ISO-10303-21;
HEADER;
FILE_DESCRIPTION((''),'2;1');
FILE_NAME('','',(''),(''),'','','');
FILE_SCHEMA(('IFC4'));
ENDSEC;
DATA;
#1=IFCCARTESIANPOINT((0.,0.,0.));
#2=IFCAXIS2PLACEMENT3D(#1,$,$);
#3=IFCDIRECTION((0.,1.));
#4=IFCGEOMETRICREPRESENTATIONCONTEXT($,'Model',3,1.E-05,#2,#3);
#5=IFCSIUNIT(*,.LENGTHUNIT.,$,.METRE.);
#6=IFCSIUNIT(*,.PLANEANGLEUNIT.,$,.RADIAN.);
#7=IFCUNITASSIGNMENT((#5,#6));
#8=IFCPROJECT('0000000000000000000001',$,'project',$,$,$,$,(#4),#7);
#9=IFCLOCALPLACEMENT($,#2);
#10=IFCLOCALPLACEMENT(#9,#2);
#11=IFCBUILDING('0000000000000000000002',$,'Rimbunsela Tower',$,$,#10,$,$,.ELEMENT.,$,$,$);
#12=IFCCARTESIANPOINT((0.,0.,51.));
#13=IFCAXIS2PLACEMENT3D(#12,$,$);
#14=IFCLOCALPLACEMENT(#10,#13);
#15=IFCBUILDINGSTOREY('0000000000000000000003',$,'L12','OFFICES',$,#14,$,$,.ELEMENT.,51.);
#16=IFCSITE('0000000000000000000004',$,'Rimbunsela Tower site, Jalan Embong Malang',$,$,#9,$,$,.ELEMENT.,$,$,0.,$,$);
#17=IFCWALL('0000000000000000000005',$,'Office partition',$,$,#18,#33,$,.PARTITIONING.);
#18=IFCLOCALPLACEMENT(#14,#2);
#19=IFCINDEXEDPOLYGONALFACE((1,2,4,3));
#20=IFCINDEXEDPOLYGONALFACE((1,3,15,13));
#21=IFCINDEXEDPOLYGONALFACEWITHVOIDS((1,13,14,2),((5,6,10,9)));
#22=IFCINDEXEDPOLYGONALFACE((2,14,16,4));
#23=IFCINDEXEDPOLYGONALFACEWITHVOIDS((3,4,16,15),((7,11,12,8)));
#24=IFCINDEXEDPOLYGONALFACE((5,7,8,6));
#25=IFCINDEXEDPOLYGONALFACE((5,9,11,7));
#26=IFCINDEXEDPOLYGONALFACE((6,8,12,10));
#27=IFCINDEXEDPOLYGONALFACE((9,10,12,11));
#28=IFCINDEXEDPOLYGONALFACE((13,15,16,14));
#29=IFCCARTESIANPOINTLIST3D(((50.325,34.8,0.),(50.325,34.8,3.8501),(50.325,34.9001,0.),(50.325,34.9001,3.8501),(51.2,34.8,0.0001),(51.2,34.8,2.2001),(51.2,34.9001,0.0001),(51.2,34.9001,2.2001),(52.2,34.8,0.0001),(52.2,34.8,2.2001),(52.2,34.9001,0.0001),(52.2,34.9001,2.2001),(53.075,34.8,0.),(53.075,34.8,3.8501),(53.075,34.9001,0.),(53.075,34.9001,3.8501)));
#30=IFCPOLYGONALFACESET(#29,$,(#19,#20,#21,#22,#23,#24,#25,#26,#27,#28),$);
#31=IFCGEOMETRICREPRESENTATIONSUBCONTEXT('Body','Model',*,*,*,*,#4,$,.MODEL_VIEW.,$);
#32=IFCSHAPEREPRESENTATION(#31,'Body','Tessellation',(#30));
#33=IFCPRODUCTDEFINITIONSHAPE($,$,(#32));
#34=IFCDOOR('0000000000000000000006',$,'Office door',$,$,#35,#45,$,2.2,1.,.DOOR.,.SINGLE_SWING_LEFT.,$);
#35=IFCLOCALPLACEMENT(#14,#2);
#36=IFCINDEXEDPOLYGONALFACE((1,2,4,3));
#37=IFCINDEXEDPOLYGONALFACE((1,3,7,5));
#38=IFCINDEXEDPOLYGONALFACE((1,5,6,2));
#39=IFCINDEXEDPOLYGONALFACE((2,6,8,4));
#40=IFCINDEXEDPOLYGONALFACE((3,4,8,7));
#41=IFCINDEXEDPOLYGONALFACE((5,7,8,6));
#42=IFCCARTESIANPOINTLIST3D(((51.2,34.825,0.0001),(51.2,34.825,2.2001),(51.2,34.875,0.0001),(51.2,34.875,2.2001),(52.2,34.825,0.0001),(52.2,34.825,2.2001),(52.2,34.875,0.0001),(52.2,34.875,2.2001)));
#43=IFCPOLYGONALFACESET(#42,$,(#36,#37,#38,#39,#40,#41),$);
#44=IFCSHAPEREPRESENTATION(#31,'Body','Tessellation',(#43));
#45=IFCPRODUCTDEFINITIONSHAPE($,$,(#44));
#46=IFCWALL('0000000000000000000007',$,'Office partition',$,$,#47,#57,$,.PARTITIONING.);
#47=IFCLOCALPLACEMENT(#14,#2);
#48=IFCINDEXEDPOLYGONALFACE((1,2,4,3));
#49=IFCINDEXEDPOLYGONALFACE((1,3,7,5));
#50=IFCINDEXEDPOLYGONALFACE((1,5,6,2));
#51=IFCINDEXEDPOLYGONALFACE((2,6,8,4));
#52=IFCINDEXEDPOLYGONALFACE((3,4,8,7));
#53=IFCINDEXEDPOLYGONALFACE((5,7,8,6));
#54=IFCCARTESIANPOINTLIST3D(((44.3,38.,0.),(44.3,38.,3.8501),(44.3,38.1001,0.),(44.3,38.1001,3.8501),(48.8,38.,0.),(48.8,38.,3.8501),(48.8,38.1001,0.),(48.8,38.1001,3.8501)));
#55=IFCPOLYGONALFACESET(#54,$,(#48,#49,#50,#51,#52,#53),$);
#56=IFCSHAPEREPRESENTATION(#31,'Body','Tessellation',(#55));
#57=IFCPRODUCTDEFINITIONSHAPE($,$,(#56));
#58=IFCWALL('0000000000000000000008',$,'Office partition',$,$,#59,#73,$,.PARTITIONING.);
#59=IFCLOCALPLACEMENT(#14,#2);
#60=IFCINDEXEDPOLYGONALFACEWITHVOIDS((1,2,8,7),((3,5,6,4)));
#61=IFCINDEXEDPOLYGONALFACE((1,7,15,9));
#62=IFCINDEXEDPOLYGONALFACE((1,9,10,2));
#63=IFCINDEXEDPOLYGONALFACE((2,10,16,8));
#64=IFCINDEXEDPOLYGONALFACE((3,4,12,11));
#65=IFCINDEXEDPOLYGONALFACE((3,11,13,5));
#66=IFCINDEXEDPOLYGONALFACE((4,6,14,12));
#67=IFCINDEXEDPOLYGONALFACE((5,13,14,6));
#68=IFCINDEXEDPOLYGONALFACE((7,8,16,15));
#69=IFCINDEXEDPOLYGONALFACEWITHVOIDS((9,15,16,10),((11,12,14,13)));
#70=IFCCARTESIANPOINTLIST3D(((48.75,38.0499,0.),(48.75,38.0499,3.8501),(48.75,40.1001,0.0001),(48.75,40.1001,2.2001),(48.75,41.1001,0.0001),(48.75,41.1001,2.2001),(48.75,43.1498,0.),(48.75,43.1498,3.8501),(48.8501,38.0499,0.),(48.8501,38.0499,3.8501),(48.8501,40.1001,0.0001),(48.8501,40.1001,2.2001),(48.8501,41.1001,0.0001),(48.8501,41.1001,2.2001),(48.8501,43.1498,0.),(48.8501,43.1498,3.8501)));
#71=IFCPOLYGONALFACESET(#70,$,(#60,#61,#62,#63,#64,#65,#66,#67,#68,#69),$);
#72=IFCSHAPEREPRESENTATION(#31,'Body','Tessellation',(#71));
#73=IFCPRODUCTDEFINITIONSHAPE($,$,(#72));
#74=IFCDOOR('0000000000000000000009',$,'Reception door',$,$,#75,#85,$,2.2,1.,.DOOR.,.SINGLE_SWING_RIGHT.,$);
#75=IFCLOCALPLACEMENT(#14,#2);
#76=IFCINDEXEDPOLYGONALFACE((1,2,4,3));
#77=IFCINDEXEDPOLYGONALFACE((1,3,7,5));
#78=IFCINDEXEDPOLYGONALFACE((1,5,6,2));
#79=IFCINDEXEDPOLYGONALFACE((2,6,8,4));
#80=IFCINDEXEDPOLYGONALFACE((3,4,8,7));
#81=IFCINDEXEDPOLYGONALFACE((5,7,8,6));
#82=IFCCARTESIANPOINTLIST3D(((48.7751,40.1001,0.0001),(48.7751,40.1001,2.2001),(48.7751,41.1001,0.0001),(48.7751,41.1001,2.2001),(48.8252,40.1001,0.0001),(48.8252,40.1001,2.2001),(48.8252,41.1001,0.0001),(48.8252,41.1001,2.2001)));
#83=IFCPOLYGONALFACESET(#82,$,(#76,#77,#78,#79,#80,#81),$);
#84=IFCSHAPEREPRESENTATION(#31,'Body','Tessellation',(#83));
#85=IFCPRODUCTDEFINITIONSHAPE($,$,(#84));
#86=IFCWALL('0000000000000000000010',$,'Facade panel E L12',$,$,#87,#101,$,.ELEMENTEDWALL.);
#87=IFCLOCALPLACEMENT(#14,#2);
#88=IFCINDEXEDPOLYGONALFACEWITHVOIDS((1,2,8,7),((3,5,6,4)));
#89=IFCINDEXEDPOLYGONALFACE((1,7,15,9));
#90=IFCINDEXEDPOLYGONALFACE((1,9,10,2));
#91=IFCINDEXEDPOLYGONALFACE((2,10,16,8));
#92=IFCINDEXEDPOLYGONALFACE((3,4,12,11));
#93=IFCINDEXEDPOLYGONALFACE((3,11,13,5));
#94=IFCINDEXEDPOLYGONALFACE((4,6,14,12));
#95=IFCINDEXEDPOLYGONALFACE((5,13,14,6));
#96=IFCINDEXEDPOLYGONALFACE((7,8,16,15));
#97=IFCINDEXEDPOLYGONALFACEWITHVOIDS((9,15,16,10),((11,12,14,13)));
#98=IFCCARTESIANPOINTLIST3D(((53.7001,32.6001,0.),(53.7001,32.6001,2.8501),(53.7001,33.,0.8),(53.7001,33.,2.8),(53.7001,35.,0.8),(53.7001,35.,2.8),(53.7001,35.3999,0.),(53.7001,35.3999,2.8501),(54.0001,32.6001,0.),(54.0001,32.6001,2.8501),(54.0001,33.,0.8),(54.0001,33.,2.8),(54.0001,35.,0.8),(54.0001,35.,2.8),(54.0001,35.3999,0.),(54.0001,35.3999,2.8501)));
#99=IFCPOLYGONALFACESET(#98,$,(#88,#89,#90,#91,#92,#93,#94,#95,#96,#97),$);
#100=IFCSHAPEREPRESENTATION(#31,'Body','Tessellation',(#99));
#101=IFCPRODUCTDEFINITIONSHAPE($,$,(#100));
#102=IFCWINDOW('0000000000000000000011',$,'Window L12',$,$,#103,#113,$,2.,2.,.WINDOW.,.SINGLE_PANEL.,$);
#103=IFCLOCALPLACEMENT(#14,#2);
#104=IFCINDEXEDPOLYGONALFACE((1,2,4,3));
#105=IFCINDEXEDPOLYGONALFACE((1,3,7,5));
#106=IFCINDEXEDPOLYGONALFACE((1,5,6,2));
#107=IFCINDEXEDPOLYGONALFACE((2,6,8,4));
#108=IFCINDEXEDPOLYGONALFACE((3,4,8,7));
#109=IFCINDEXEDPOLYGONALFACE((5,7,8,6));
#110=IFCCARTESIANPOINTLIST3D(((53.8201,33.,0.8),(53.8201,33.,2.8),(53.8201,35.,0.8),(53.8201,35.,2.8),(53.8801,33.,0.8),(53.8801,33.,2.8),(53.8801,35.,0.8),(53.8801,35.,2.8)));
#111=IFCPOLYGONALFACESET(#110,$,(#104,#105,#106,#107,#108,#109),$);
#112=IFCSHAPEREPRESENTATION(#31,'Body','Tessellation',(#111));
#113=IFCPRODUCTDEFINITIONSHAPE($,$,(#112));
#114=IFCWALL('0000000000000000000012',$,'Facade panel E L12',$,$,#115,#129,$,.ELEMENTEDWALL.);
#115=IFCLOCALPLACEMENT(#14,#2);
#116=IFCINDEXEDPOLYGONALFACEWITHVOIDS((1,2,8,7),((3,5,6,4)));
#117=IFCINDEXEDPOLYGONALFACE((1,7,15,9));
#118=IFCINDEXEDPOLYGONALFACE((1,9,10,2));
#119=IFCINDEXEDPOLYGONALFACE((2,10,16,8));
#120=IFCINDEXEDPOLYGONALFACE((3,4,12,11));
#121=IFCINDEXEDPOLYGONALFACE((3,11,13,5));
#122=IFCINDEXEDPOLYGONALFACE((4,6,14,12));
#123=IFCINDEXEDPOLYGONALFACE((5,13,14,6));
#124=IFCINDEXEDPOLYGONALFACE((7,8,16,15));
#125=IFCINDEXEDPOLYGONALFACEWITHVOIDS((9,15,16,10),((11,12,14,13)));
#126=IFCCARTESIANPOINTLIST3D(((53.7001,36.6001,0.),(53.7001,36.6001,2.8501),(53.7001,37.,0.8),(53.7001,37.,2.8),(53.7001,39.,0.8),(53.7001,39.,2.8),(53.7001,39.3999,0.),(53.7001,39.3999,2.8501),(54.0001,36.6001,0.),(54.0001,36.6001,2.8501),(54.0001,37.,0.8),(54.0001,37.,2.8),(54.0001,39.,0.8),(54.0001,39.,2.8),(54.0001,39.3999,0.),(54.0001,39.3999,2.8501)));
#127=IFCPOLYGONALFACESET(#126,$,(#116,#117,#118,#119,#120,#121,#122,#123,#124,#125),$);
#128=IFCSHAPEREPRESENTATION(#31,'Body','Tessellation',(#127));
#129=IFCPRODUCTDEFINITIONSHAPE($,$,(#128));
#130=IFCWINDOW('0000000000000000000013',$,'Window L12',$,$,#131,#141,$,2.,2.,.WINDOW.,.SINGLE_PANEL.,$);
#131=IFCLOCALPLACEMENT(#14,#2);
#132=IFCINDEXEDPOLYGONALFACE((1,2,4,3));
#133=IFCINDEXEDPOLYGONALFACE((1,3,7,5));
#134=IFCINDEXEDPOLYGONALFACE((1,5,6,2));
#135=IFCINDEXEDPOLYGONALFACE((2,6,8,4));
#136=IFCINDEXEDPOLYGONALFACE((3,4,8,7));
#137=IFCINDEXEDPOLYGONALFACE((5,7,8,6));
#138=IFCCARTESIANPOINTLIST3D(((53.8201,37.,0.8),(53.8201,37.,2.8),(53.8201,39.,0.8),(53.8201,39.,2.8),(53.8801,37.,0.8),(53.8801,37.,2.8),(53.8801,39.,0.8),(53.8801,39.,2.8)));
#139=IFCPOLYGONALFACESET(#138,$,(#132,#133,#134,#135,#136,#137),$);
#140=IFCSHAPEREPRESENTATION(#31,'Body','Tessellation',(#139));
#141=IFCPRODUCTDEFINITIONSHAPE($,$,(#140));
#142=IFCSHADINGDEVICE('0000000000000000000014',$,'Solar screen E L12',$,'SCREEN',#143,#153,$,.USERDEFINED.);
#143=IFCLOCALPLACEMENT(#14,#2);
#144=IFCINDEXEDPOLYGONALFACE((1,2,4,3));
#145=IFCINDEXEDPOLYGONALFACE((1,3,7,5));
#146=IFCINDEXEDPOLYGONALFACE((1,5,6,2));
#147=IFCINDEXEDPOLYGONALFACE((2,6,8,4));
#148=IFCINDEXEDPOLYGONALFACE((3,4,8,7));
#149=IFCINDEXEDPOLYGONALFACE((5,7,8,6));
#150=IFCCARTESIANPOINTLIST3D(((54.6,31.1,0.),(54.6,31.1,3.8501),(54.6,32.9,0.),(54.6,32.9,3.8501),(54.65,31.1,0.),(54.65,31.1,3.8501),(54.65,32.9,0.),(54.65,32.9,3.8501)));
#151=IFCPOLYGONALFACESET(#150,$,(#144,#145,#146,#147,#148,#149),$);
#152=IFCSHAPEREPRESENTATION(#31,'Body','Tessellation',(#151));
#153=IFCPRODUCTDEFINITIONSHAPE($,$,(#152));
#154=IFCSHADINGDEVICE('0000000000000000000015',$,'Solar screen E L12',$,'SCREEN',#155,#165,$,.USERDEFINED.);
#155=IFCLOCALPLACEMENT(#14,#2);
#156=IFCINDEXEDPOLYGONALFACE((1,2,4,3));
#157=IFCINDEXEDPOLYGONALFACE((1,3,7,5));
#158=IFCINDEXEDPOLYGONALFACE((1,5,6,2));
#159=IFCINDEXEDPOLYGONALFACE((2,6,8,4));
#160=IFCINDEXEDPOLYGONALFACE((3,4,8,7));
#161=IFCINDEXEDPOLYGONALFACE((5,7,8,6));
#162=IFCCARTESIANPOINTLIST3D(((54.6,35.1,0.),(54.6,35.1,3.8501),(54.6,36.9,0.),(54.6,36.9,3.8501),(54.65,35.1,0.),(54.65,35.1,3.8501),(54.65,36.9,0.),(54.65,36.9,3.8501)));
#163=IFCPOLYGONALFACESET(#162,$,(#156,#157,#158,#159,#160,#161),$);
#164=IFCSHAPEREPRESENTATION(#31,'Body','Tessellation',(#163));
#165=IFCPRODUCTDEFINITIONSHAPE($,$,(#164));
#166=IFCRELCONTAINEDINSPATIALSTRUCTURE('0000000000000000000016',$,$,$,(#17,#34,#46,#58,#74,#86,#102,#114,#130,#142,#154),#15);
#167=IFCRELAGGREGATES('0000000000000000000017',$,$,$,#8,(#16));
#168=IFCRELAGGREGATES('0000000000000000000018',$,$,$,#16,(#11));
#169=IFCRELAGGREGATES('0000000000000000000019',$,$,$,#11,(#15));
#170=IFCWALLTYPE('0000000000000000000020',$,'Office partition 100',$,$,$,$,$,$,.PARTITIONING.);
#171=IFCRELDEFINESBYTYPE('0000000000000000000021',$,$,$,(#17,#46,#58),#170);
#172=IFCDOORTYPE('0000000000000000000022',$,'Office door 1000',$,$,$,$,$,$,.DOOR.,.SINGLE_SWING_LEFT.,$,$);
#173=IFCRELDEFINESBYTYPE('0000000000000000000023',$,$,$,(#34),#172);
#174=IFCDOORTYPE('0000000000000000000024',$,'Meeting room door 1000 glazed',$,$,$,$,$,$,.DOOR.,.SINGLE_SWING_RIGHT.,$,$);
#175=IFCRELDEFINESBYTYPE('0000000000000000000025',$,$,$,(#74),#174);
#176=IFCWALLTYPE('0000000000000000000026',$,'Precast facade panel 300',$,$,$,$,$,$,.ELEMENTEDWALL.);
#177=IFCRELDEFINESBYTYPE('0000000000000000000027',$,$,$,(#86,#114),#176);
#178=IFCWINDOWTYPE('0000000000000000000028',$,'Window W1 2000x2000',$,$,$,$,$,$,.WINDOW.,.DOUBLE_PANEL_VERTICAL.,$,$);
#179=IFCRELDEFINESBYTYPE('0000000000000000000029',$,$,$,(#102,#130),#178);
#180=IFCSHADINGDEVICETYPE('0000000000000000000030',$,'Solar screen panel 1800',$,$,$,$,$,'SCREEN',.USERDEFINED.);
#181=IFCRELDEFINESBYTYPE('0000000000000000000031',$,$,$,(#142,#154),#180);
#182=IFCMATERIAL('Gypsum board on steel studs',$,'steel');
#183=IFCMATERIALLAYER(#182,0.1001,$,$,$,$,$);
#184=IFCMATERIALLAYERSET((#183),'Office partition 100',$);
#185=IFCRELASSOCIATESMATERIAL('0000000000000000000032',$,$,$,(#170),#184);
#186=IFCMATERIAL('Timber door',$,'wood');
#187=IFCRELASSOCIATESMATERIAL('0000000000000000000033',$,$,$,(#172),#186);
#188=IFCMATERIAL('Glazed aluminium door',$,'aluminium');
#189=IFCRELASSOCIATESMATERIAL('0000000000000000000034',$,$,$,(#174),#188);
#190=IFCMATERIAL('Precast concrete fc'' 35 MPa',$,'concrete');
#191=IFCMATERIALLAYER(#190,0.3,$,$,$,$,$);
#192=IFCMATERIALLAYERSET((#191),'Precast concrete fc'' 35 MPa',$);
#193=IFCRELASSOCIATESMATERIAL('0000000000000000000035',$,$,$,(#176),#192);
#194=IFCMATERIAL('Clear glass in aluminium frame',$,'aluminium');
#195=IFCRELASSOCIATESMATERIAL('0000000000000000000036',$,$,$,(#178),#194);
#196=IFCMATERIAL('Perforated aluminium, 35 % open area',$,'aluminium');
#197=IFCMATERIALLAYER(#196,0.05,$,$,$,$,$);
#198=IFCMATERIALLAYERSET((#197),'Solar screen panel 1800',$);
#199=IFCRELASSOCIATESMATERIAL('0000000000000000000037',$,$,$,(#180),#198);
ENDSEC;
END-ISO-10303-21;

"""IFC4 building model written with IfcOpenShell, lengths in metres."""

from ifc_helpers import new_model, si_unit, direction, frame, frame_2d, origin, origin_2d, place, context, subcontext, project, spatial, rectangle, extrude, material, layer, layer_set, type_object, element, fill, save


model = new_model("IFC4")

# Units and contexts
model_context = context("Model", 3, precision=1e-05, world=origin(), true_north=direction((0.0, 1.0)))
body_context = subcontext(model_context, "Body", "Model", "MODEL_VIEW")
ifc_project = project(units=[si_unit("LENGTHUNIT", "METRE"), si_unit("PLANEANGLEUNIT", "RADIAN")], contexts=[model_context])

# Site, building, storey
site_placement = place(None, origin())
site = spatial("IfcSite", under=ifc_project, at=site_placement, Name="Rimbunsela Tower site, Jalan Embong Malang", CompositionType="ELEMENT", RefElevation=0.0)
building_placement = place(site_placement, origin())
building = spatial("IfcBuilding", under=site, at=building_placement, Name="Rimbunsela Tower", CompositionType="ELEMENT")
storey_placement = place(building_placement, frame((0.0, 0.0, 51.0)))
storey = spatial("IfcBuildingStorey", under=building, at=storey_placement, Name="L12", Description="OFFICES", CompositionType="ELEMENT", Elevation=51.0)

# Wall, opening, door
ifc_material_1 = material(Name="Gypsum board on steel studs", Category="steel")
ifc_layer_1 = layer(ifc_material_1, 0.1001)
ifc_layer_set_1 = layer_set([ifc_layer_1], Name="Office partition 100")
wall_type_1 = type_object("IfcWallType", Name="Office partition 100", PredefinedType="PARTITIONING", material=ifc_layer_set_1)
ifc_material_2 = material(Name="Timber door", Category="wood")
door_type_1 = type_object("IfcDoorType", Name="Office door 1000", OperationType="SINGLE_SWING_LEFT", PredefinedType="DOOR", material=ifc_material_2)
wall_1_placement = place(storey_placement, frame((50.325, 34.8501, 0.0), z_axis=(0.0, 0.0, 1.0), x_axis=(1.0, 0.0, 0.0)))
wall_1 = element("IfcWall", 1, at=wall_1_placement, inside=storey, type_object=wall_type_1, Name="Office partition", PredefinedType="PARTITIONING", context=body_context, shape_type="SweptSolid", body=[
    extrude(rectangle(XDim=2.75, YDim=0.1001, at=frame_2d((1.375, 0.0))), origin(), (0.0, 0.0, 1.0), 3.8501),
])
opening_1_placement = place(wall_1_placement, frame((0.875, 0.0, 0.0)))
opening_1 = element("IfcOpeningElement", 2, at=opening_1_placement, cuts=wall_1, PredefinedType="OPENING", context=body_context, shape_type="SweptSolid", body=[
    extrude(rectangle(XDim=1.0, YDim=2.2, at=frame_2d((0.5, 1.1001))), frame((0.0, 0.0601, 0.0), z_axis=(0.0, -1.0, 0.0), x_axis=(1.0, 0.0, 0.0)), (0.0, 0.0, 1.0), 0.1201),
])
door_1_placement = place(opening_1_placement, origin())
door_1 = element("IfcDoor", 3, at=door_1_placement, inside=storey, type_object=door_type_1, Name="Office door", OperationType="SINGLE_SWING_LEFT", OverallHeight=2.2, OverallWidth=1.0, PredefinedType="DOOR", context=body_context, shape_type="SweptSolid", body=[
    extrude(rectangle(XDim=1.0, YDim=2.2, at=frame_2d((0.5, 1.1001))), frame((0.0, 0.0249, 0.0), z_axis=(0.0, -1.0, 0.0), x_axis=(1.0, 0.0, 0.0)), (0.0, 0.0, 1.0), 0.05),
])
fill(opening_1, door_1)

# Wall
wall_2_placement = place(storey_placement, frame((44.3, 38.05, 0.0), z_axis=(0.0, 0.0, 1.0), x_axis=(1.0, 0.0, 0.0)))
element("IfcWall", 4, at=wall_2_placement, inside=storey, type_object=wall_type_1, Name="Office partition", PredefinedType="PARTITIONING", context=body_context, shape_type="SweptSolid", body=[
    extrude(rectangle(XDim=4.5, YDim=0.1001, at=frame_2d((2.25, 0.0))), origin(), (0.0, 0.0, 1.0), 3.8501),
])

# Wall, opening, door
wall_3_placement = place(storey_placement, frame((48.8, 38.05, 0.0), z_axis=(0.0, 0.0, 1.0), x_axis=(0.0, 1.0, 0.0)))
wall_3 = element("IfcWall", 5, at=wall_3_placement, inside=storey, type_object=wall_type_1, Name="Office partition", PredefinedType="PARTITIONING", context=body_context, shape_type="SweptSolid", body=[
    extrude(rectangle(XDim=5.0999, YDim=0.1001, at=frame_2d((2.5498, 0.0))), origin(), (0.0, 0.0, 1.0), 3.8501),
])
opening_2_placement = place(wall_3_placement, frame((2.05, 0.0, 0.0)))
opening_2 = element("IfcOpeningElement", 6, at=opening_2_placement, cuts=wall_3, PredefinedType="OPENING", context=body_context, shape_type="SweptSolid", body=[
    extrude(rectangle(XDim=1.0, YDim=2.2, at=frame_2d((0.5, 1.1001))), frame((0.0, 0.0601, 0.0), z_axis=(0.0, -1.0, 0.0), x_axis=(1.0, 0.0, 0.0)), (0.0, 0.0, 1.0), 0.1201),
])
ifc_material_3 = material(Name="Glazed aluminium door", Category="aluminium")
door_type_2 = type_object("IfcDoorType", Name="Meeting room door 1000 glazed", OperationType="SINGLE_SWING_RIGHT", PredefinedType="DOOR", material=ifc_material_3)
door_2_placement = place(opening_2_placement, origin())
door_2 = element("IfcDoor", 7, at=door_2_placement, inside=storey, type_object=door_type_2, Name="Reception door", OperationType="SINGLE_SWING_RIGHT", OverallHeight=2.2, OverallWidth=1.0, PredefinedType="DOOR", context=body_context, shape_type="SweptSolid", body=[
    extrude(rectangle(XDim=1.0, YDim=2.2, at=frame_2d((0.5, 1.1001))), frame((0.0, 0.0249, 0.0), z_axis=(0.0, -1.0, 0.0), x_axis=(1.0, 0.0, 0.0)), (0.0, 0.0, 1.0), 0.05),
])
fill(opening_2, door_2)

# Walls, openings, windows
ifc_material_4 = material(Name="Precast concrete fc' 35 MPa", Category="concrete")
ifc_layer_2 = layer(ifc_material_4, 0.3)
ifc_layer_set_2 = layer_set([ifc_layer_2], Name="Precast concrete fc' 35 MPa")
wall_type_2 = type_object("IfcWallType", Name="Precast facade panel 300", PredefinedType="ELEMENTEDWALL", material=ifc_layer_set_2)
wall_4_placement = place(storey_placement, frame((53.8501, 32.6001, 0.0), z_axis=(0.0, 0.0, 1.0), x_axis=(0.0, 1.0, 0.0)))
wall_4 = element("IfcWall", 8, at=wall_4_placement, inside=storey, type_object=wall_type_2, Name="Facade panel E L12", PredefinedType="ELEMENTEDWALL", context=body_context, shape_type="SweptSolid", body=[
    extrude(rectangle(XDim=2.7998, YDim=0.3, at=frame_2d((1.3999, 0.0))), origin(), (0.0, 0.0, 1.0), 2.8501),
])
opening_3_placement = place(wall_4_placement, frame((0.3999, 0.0, 0.8)))
opening_3 = element("IfcOpeningElement", 9, at=opening_3_placement, cuts=wall_4, PredefinedType="OPENING", context=body_context, shape_type="SweptSolid", body=[
    extrude(rectangle(XDim=2.0, YDim=2.0, at=frame_2d((1.0, 1.0))), frame((0.0, 0.1599, 0.0), z_axis=(0.0, -1.0, 0.0), x_axis=(1.0, 0.0, 0.0)), (0.0, 0.0, 1.0), 0.3201),
])
ifc_material_5 = material(Name="Clear glass in aluminium frame", Category="aluminium")
window_type = type_object("IfcWindowType", Name="Window W1 2000x2000", PartitioningType="DOUBLE_PANEL_VERTICAL", PredefinedType="WINDOW", material=ifc_material_5)
window_1_placement = place(opening_3_placement, origin())
window_1 = element("IfcWindow", 10, at=window_1_placement, inside=storey, type_object=window_type, Name="Window L12", OverallHeight=2.0, OverallWidth=2.0, PartitioningType="SINGLE_PANEL", PredefinedType="WINDOW", context=body_context, shape_type="SweptSolid", body=[
    extrude(rectangle(XDim=2.0, YDim=2.0, at=frame_2d((1.0, 1.0))), frame((0.0, 0.03, 0.0), z_axis=(0.0, -1.0, 0.0), x_axis=(1.0, 0.0, 0.0)), (0.0, 0.0, 1.0), 0.0601),
])
fill(opening_3, window_1)
wall_5_placement = place(storey_placement, frame((53.8501, 36.6001, 0.0), z_axis=(0.0, 0.0, 1.0), x_axis=(0.0, 1.0, 0.0)))
wall_5 = element("IfcWall", 11, at=wall_5_placement, inside=storey, type_object=wall_type_2, Name="Facade panel E L12", PredefinedType="ELEMENTEDWALL", context=body_context, shape_type="SweptSolid", body=[
    extrude(rectangle(XDim=2.7998, YDim=0.3, at=frame_2d((1.3999, 0.0))), origin(), (0.0, 0.0, 1.0), 2.8501),
])
opening_4_placement = place(wall_5_placement, frame((0.3999, 0.0, 0.8)))
opening_4 = element("IfcOpeningElement", 12, at=opening_4_placement, cuts=wall_5, PredefinedType="OPENING", context=body_context, shape_type="SweptSolid", body=[
    extrude(rectangle(XDim=2.0, YDim=2.0, at=frame_2d((1.0, 1.0))), frame((0.0, 0.1599, 0.0), z_axis=(0.0, -1.0, 0.0), x_axis=(1.0, 0.0, 0.0)), (0.0, 0.0, 1.0), 0.3201),
])
window_2_placement = place(opening_4_placement, origin())
window_2 = element("IfcWindow", 13, at=window_2_placement, inside=storey, type_object=window_type, Name="Window L12", OverallHeight=2.0, OverallWidth=2.0, PartitioningType="SINGLE_PANEL", PredefinedType="WINDOW", context=body_context, shape_type="SweptSolid", body=[
    extrude(rectangle(XDim=2.0, YDim=2.0, at=frame_2d((1.0, 1.0))), frame((0.0, 0.03, 0.0), z_axis=(0.0, -1.0, 0.0), x_axis=(1.0, 0.0, 0.0)), (0.0, 0.0, 1.0), 0.0601),
])
fill(opening_4, window_2)

# Shading devices
ifc_material_6 = material(Name="Perforated aluminium, 35 % open area", Category="aluminium")
ifc_layer_3 = layer(ifc_material_6, 0.05)
ifc_layer_set_3 = layer_set([ifc_layer_3], Name="Solar screen panel 1800")
shading_device_type = type_object("IfcShadingDeviceType", Name="Solar screen panel 1800", ElementType="SCREEN", PredefinedType="USERDEFINED", material=ifc_layer_set_3)
for number, where, z_axis, x_axis, name in (
    (14, (54.625, 32.0, 0.0), (0.0, 0.0, 1.0), (0.0, 1.0, 0.0), "Solar screen E L12"),
    (15, (54.625, 36.0, 0.0), (0.0, 0.0, 1.0), (0.0, 1.0, 0.0), "Solar screen E L12"),
):
    element("IfcShadingDevice", number, at=place(storey_placement, frame(where, z_axis=z_axis, x_axis=x_axis)), inside=storey, type_object=shading_device_type, Name=name, ObjectType="SCREEN", PredefinedType="USERDEFINED", context=body_context, shape_type="SweptSolid", body=[
        extrude(rectangle(XDim=1.8, YDim=0.05, at=origin_2d()), origin(), (0.0, 0.0, 1.0), 3.8501),
    ])

save(model, "model.ifc")
